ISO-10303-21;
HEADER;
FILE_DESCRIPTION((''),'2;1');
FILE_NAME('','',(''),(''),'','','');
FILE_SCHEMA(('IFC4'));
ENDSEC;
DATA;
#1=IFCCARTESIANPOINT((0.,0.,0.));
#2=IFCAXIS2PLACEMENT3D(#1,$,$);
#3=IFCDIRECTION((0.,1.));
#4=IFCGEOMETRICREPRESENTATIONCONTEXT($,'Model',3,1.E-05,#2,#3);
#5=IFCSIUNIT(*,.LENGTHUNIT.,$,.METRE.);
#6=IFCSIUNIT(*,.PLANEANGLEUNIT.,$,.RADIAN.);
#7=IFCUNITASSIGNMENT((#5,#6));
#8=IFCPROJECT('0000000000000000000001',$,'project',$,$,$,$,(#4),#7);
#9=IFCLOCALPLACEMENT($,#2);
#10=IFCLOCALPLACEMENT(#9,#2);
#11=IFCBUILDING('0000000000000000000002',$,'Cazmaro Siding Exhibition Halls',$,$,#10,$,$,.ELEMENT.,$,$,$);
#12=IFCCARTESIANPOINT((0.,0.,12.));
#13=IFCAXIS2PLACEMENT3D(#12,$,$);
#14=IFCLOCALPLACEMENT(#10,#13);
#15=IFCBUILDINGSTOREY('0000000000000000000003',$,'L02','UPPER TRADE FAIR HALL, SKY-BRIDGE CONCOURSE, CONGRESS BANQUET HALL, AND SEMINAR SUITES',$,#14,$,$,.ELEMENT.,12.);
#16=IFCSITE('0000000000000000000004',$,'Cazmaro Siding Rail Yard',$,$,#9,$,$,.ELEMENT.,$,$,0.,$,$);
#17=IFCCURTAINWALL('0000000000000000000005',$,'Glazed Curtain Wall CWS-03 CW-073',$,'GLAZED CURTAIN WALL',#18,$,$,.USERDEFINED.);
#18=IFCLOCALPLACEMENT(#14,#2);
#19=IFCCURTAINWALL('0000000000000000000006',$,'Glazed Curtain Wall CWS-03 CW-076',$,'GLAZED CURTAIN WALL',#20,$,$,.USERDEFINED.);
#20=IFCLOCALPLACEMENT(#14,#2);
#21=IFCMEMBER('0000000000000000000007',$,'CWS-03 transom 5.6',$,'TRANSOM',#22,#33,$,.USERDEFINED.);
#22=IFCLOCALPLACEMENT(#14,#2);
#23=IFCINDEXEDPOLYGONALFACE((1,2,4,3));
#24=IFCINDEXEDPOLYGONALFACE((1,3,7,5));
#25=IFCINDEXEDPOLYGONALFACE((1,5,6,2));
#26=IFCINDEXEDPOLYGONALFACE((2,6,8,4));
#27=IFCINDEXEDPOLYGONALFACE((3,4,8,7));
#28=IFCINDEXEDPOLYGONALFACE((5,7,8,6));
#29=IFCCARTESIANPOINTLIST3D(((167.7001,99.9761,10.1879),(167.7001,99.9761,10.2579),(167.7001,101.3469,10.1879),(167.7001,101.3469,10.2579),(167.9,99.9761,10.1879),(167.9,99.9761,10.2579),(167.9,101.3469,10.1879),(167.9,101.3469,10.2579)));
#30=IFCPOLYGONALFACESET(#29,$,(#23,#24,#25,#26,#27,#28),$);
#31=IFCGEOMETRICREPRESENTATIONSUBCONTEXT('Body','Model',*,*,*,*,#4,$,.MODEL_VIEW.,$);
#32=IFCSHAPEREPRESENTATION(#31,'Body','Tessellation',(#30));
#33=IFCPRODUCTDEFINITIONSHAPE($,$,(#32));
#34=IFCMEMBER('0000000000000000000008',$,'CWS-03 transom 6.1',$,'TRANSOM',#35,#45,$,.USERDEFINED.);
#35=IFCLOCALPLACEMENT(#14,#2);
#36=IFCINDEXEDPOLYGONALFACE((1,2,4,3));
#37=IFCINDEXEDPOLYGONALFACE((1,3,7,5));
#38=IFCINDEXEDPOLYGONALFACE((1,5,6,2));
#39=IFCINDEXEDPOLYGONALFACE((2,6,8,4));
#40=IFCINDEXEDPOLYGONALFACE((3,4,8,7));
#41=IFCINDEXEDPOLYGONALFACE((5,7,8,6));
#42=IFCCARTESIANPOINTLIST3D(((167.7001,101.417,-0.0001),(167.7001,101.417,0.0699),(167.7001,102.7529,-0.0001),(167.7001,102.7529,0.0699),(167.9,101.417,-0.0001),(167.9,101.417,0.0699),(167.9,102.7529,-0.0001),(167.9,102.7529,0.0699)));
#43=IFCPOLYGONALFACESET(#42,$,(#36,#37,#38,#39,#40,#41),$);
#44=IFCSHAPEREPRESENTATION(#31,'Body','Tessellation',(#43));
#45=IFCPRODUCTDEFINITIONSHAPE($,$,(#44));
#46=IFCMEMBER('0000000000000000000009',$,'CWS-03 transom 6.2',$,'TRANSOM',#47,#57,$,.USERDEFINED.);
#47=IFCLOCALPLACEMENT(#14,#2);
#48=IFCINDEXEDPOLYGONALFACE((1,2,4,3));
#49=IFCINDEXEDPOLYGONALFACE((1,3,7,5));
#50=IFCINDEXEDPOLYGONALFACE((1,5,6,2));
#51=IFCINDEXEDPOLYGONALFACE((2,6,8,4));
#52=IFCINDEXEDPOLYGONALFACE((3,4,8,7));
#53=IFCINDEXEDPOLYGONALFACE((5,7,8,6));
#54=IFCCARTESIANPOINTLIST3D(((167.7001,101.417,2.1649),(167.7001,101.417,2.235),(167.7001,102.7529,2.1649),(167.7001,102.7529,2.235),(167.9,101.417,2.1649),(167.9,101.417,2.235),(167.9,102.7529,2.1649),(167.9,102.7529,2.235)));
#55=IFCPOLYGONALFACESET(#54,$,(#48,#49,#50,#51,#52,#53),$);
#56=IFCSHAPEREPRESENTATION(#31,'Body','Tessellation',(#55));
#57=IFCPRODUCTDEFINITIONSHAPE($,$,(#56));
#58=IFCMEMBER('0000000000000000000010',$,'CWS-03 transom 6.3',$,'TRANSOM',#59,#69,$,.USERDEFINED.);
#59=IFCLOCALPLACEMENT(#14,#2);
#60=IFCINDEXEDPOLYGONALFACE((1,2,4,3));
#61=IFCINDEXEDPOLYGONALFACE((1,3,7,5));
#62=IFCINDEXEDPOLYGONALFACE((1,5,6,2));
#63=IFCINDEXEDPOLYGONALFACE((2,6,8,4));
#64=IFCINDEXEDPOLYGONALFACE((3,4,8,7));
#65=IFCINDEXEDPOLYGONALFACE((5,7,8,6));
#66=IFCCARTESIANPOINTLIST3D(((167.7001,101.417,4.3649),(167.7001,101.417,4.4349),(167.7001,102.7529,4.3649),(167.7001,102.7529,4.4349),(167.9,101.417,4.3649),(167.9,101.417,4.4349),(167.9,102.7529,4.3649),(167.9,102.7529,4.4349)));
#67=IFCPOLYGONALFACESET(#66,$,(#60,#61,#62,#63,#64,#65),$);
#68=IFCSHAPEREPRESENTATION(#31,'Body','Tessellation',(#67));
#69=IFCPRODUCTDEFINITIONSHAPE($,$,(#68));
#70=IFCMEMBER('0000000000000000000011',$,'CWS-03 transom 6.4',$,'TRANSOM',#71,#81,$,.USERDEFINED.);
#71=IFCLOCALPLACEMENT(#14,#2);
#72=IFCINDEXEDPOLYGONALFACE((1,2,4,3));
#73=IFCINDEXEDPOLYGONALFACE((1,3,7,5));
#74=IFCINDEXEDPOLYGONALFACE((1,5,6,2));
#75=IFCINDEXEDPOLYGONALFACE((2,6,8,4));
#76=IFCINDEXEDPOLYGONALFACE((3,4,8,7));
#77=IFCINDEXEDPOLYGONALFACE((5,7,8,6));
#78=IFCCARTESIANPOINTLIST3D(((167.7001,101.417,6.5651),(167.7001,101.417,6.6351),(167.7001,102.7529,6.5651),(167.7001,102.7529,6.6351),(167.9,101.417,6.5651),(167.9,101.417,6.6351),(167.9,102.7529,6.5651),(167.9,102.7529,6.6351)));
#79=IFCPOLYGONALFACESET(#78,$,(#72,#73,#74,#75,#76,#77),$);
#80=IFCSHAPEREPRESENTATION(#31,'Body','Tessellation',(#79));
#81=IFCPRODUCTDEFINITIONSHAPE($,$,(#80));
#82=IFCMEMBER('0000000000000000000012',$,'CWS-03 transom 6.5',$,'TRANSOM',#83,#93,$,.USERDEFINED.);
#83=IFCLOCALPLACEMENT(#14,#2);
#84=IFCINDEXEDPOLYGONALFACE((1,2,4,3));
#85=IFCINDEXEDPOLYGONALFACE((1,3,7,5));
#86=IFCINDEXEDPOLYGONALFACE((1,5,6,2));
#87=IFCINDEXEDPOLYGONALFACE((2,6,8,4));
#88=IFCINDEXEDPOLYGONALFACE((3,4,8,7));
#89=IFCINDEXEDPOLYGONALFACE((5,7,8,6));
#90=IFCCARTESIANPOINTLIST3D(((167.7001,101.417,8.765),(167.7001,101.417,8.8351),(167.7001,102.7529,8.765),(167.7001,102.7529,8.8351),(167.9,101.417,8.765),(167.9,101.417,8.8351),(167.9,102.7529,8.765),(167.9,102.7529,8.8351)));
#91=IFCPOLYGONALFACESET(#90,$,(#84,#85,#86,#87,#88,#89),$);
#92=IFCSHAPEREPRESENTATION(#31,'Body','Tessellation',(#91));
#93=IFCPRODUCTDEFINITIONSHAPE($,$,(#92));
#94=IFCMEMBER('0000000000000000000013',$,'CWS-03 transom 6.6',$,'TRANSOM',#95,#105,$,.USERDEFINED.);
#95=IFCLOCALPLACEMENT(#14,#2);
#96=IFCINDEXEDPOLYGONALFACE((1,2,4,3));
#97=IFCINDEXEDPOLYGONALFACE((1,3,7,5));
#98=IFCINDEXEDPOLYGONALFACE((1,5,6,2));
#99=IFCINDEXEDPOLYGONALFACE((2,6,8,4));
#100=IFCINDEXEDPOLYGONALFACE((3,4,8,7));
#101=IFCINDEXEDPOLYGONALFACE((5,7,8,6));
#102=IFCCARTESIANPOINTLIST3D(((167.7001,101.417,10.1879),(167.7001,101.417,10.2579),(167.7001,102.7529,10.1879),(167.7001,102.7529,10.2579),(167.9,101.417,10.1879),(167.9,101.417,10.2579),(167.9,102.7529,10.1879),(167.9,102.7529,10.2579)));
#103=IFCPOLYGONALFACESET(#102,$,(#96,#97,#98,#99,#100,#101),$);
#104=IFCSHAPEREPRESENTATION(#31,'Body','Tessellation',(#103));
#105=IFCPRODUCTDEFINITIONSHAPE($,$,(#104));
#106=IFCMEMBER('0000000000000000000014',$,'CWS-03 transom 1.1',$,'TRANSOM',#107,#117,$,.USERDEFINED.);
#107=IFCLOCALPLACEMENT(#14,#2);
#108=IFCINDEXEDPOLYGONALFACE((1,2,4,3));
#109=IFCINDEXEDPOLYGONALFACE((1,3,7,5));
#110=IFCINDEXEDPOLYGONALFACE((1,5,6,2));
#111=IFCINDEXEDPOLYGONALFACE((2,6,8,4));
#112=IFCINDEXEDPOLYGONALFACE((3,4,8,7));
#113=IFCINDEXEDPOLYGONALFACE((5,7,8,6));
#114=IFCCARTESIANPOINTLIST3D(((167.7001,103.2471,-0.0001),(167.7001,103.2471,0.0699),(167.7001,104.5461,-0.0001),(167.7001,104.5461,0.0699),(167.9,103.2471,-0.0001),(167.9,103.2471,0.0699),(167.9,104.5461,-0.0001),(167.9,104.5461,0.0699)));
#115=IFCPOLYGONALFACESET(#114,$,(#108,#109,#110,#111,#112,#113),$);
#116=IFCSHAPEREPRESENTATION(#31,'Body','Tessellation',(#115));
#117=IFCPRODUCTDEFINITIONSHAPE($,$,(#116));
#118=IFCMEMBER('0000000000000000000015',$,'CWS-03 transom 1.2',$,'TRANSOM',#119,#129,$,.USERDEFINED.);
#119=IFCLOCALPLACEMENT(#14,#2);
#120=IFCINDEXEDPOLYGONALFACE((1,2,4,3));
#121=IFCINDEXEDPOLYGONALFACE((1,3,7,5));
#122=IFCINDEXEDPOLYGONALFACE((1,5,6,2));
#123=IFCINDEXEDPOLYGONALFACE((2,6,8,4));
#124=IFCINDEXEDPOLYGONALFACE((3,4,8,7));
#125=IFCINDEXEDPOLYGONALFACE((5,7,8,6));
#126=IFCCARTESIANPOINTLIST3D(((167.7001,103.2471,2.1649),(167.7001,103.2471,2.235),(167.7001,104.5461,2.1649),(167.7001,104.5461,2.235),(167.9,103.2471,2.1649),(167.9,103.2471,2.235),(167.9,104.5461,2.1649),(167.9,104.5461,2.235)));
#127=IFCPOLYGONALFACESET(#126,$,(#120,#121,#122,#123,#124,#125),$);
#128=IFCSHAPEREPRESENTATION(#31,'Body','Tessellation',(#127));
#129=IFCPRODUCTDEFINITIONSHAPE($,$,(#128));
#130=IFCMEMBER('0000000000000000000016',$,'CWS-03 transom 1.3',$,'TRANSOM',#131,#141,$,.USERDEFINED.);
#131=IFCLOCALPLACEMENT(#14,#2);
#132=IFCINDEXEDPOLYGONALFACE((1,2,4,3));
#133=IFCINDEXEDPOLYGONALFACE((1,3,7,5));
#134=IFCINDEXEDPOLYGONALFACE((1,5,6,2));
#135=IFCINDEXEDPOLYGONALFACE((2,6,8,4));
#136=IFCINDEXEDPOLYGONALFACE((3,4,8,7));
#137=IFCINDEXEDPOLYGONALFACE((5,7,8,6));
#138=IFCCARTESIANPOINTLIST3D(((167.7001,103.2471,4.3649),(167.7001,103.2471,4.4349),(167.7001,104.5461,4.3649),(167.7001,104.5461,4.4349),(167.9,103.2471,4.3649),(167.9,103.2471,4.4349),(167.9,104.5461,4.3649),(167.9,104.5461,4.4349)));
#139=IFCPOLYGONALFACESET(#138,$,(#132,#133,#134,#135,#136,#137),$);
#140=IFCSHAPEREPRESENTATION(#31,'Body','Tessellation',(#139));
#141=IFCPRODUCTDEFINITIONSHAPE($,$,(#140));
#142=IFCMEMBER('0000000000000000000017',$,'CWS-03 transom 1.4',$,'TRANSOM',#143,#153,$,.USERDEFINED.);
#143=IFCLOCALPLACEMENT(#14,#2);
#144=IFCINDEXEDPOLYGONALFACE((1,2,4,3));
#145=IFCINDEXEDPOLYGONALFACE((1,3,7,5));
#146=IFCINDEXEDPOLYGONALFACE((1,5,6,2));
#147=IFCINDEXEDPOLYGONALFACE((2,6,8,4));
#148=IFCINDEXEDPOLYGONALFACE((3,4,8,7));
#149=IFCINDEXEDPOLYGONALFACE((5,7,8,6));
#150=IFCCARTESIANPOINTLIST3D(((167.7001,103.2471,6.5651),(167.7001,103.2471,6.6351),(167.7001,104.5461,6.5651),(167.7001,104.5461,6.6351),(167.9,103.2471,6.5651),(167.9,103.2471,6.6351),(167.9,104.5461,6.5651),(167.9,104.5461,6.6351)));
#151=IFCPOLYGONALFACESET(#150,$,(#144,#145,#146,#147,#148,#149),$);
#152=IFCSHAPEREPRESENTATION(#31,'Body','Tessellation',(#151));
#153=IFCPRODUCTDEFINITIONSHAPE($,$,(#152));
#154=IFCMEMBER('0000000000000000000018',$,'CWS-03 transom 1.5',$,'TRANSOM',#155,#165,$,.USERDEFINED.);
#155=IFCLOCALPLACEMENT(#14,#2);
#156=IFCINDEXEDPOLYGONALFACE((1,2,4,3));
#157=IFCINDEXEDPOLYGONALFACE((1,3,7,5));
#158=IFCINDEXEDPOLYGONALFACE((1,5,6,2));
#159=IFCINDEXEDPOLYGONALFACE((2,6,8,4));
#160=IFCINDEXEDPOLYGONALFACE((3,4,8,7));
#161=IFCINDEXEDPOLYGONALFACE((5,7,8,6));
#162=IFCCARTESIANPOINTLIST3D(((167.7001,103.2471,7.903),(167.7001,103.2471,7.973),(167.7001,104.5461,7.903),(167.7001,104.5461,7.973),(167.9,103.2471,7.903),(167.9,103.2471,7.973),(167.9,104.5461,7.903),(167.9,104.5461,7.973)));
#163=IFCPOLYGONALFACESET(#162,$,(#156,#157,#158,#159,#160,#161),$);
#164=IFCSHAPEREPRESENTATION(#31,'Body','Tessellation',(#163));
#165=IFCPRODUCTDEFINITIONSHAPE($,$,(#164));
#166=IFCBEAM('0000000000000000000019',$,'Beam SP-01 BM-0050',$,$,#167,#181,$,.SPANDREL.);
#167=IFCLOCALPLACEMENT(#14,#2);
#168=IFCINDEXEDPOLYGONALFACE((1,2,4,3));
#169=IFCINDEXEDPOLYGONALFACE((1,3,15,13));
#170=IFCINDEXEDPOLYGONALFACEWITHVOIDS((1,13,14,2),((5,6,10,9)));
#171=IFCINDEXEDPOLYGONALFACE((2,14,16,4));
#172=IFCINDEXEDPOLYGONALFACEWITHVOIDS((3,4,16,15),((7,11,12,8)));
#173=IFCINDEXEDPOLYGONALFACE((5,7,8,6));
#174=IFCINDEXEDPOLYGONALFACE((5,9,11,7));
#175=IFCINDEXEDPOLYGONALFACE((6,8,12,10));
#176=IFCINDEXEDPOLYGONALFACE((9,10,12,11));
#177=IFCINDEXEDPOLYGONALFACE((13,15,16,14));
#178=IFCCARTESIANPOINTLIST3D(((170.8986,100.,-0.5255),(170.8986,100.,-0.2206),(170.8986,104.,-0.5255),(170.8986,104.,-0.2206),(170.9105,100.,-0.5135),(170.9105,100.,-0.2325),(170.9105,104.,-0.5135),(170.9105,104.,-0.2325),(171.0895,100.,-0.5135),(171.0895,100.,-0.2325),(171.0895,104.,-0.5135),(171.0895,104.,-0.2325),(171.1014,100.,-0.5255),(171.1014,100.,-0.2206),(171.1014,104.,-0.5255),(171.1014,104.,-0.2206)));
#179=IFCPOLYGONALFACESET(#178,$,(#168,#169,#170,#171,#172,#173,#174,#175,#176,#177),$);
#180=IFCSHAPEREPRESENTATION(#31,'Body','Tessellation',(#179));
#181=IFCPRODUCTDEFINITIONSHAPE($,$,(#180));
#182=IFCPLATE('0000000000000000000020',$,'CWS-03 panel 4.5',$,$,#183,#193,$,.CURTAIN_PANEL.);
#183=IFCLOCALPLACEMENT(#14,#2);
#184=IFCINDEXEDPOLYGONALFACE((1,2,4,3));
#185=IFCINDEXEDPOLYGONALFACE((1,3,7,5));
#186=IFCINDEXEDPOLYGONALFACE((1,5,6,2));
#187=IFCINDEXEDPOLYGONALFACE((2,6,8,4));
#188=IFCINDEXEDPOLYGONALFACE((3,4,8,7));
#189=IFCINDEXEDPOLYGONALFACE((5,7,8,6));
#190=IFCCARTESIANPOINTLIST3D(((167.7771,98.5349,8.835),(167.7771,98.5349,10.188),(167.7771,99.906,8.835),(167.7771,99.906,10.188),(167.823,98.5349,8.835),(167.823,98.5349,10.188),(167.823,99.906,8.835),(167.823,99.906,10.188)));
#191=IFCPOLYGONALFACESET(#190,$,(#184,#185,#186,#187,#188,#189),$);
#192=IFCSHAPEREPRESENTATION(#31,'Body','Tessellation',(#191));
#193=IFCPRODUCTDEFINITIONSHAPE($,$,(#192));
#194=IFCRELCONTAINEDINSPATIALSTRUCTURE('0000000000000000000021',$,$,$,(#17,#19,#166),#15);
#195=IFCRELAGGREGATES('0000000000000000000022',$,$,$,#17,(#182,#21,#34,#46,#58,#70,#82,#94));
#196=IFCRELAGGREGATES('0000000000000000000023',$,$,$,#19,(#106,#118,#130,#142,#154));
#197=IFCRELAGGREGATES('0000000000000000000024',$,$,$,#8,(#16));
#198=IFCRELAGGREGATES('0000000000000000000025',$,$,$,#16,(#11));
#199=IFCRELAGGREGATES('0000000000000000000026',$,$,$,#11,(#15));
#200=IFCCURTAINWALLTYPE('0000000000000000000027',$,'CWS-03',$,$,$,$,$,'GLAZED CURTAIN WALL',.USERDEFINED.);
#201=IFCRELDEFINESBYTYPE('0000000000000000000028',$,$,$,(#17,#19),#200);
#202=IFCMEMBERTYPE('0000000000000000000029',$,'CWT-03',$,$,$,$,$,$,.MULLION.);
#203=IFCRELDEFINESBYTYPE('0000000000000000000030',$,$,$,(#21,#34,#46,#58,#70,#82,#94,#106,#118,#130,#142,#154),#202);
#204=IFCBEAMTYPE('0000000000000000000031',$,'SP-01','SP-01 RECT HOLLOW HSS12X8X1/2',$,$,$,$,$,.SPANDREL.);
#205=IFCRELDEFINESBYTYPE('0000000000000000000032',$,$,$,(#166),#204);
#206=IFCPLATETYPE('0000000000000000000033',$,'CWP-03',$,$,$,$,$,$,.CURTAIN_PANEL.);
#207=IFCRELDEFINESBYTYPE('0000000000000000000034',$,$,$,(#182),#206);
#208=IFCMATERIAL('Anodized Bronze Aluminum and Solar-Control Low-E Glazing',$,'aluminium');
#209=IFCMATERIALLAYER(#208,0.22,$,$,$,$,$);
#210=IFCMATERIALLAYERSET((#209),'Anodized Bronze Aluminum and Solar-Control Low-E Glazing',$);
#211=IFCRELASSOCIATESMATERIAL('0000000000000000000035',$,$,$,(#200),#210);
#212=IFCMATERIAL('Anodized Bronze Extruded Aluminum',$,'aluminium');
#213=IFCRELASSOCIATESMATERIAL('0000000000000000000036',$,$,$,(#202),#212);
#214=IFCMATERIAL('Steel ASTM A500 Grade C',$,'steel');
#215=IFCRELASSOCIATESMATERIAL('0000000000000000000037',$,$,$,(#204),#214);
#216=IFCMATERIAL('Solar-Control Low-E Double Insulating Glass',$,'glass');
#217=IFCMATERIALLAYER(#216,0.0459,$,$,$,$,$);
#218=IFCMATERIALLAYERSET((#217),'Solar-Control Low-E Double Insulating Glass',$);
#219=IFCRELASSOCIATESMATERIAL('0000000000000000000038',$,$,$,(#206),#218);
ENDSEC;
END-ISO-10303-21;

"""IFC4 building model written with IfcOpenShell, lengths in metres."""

from ifc_helpers import new_model, si_unit, direction, frame, origin, origin_2d, place, context, subcontext, project, spatial, rectangle, hollow_rectangle, extrude, material, layer, layer_set, material_profile, profile_set, type_object, element, aggregate, save


model = new_model("IFC4")

# Units and contexts
model_context = context("Model", 3, precision=1e-05, world=origin(), true_north=direction((0.0, 1.0)))
body_context = subcontext(model_context, "Body", "Model", "MODEL_VIEW")
ifc_project = project(units=[si_unit("LENGTHUNIT", "METRE"), si_unit("PLANEANGLEUNIT", "RADIAN")], contexts=[model_context])

# Site, building, storey
site_placement = place(None, origin())
site = spatial("IfcSite", under=ifc_project, at=site_placement, Name="Cazmaro Siding Rail Yard", CompositionType="ELEMENT", RefElevation=0.0)
building_placement = place(site_placement, origin())
building = spatial("IfcBuilding", under=site, at=building_placement, Name="Cazmaro Siding Exhibition Halls", CompositionType="ELEMENT")
storey_placement = place(building_placement, frame((0.0, 0.0, 12.0)))
storey = spatial("IfcBuildingStorey", under=building, at=storey_placement, Name="L02", Description="UPPER TRADE FAIR HALL, SKY-BRIDGE CONCOURSE, CONGRESS BANQUET HALL, AND SEMINAR SUITES", CompositionType="ELEMENT", Elevation=12.0)

# Curtain wall
ifc_material_1 = material(Name="Anodized Bronze Aluminum and Solar-Control Low-E Glazing", Category="aluminium")
ifc_layer_1 = layer(ifc_material_1, 0.22)
ifc_layer_set_1 = layer_set([ifc_layer_1], Name="Anodized Bronze Aluminum and Solar-Control Low-E Glazing")
curtain_wall_type = type_object("IfcCurtainWallType", Name="CWS-03", ElementType="GLAZED CURTAIN WALL", PredefinedType="USERDEFINED", material=ifc_layer_set_1)
curtain_wall_1_placement = place(storey_placement, origin())
curtain_wall_1 = element("IfcCurtainWall", 1, at=curtain_wall_1_placement, inside=storey, type_object=curtain_wall_type, Name="Glazed Curtain Wall CWS-03 CW-073", ObjectType="GLAZED CURTAIN WALL", PredefinedType="USERDEFINED")

# Curtain wall
curtain_wall_2_placement = place(storey_placement, origin())
curtain_wall_2 = element("IfcCurtainWall", 2, at=curtain_wall_2_placement, inside=storey, type_object=curtain_wall_type, Name="Glazed Curtain Wall CWS-03 CW-076", ObjectType="GLAZED CURTAIN WALL", PredefinedType="USERDEFINED")

# Members
ifc_material_2 = material(Name="Anodized Bronze Extruded Aluminum", Category="aluminium")
ifc_material_profile_1 = material_profile(ifc_material_2, rectangle(XDim=0.2, YDim=0.0701, at=origin_2d()), Name="CWT-03")
ifc_profile_set_1 = profile_set([ifc_material_profile_1], Name="Anodized Bronze Extruded Aluminum")
member_type_1 = type_object("IfcMemberType", Name="CWT-03", PredefinedType="MULLION", material=ifc_profile_set_1)
member_1_placement = place(storey_placement, frame((167.8, 99.9761, 10.2229), z_axis=(0.0, 1.0, 0.0), x_axis=(-1.0, 0.0, 0.0)))
member_1 = element("IfcMember", 3, at=member_1_placement, type_object=member_type_1, Name="CWS-03 transom 5.6", ObjectType="TRANSOM", PredefinedType="USERDEFINED", context=body_context, shape_type="SweptSolid", body=[
    extrude(rectangle(XDim=0.2, YDim=0.0701, at=origin_2d()), origin(), (0.0, 0.0, 1.0), 1.3708),
])
member_2_placement = place(storey_placement, frame((167.8, 101.417, 0.0349), z_axis=(0.0, 1.0, 0.0), x_axis=(-1.0, 0.0, 0.0)))
member_2 = element("IfcMember", 4, at=member_2_placement, type_object=member_type_1, Name="CWS-03 transom 6.1", ObjectType="TRANSOM", PredefinedType="USERDEFINED", context=body_context, shape_type="SweptSolid", body=[
    extrude(rectangle(XDim=0.2, YDim=0.0701, at=origin_2d()), origin(), (0.0, 0.0, 1.0), 1.3359),
])
member_3_placement = place(storey_placement, frame((167.8, 101.417, 2.2), z_axis=(0.0, 1.0, 0.0), x_axis=(-1.0, 0.0, 0.0)))
member_3 = element("IfcMember", 5, at=member_3_placement, type_object=member_type_1, Name="CWS-03 transom 6.2", ObjectType="TRANSOM", PredefinedType="USERDEFINED", context=body_context, shape_type="SweptSolid", body=[
    extrude(rectangle(XDim=0.2, YDim=0.0701, at=origin_2d()), origin(), (0.0, 0.0, 1.0), 1.3359),
])
member_4_placement = place(storey_placement, frame((167.8, 101.417, 4.3999), z_axis=(0.0, 1.0, 0.0), x_axis=(-1.0, 0.0, 0.0)))
member_4 = element("IfcMember", 6, at=member_4_placement, type_object=member_type_1, Name="CWS-03 transom 6.3", ObjectType="TRANSOM", PredefinedType="USERDEFINED", context=body_context, shape_type="SweptSolid", body=[
    extrude(rectangle(XDim=0.2, YDim=0.0701, at=origin_2d()), origin(), (0.0, 0.0, 1.0), 1.3359),
])
member_5_placement = place(storey_placement, frame((167.8, 101.417, 6.6001), z_axis=(0.0, 1.0, 0.0), x_axis=(-1.0, 0.0, 0.0)))
member_5 = element("IfcMember", 7, at=member_5_placement, type_object=member_type_1, Name="CWS-03 transom 6.4", ObjectType="TRANSOM", PredefinedType="USERDEFINED", context=body_context, shape_type="SweptSolid", body=[
    extrude(rectangle(XDim=0.2, YDim=0.0701, at=origin_2d()), origin(), (0.0, 0.0, 1.0), 1.3359),
])
member_6_placement = place(storey_placement, frame((167.8, 101.417, 8.8), z_axis=(0.0, 1.0, 0.0), x_axis=(-1.0, 0.0, 0.0)))
member_6 = element("IfcMember", 8, at=member_6_placement, type_object=member_type_1, Name="CWS-03 transom 6.5", ObjectType="TRANSOM", PredefinedType="USERDEFINED", context=body_context, shape_type="SweptSolid", body=[
    extrude(rectangle(XDim=0.2, YDim=0.0701, at=origin_2d()), origin(), (0.0, 0.0, 1.0), 1.3359),
])
member_7_placement = place(storey_placement, frame((167.8, 101.417, 10.2229), z_axis=(0.0, 1.0, 0.0), x_axis=(-1.0, 0.0, 0.0)))
member_7 = element("IfcMember", 9, at=member_7_placement, type_object=member_type_1, Name="CWS-03 transom 6.6", ObjectType="TRANSOM", PredefinedType="USERDEFINED", context=body_context, shape_type="SweptSolid", body=[
    extrude(rectangle(XDim=0.2, YDim=0.0701, at=origin_2d()), origin(), (0.0, 0.0, 1.0), 1.3359),
])
member_8_placement = place(storey_placement, frame((167.8, 103.2471, 0.0349), z_axis=(0.0, 1.0, 0.0), x_axis=(-1.0, 0.0, 0.0)))
member_8 = element("IfcMember", 10, at=member_8_placement, type_object=member_type_1, Name="CWS-03 transom 1.1", ObjectType="TRANSOM", PredefinedType="USERDEFINED", context=body_context, shape_type="SweptSolid", body=[
    extrude(rectangle(XDim=0.2, YDim=0.0701, at=origin_2d()), origin(), (0.0, 0.0, 1.0), 1.2991),
])
member_9_placement = place(storey_placement, frame((167.8, 103.2471, 2.2), z_axis=(0.0, 1.0, 0.0), x_axis=(-1.0, 0.0, 0.0)))
member_9 = element("IfcMember", 11, at=member_9_placement, type_object=member_type_1, Name="CWS-03 transom 1.2", ObjectType="TRANSOM", PredefinedType="USERDEFINED", context=body_context, shape_type="SweptSolid", body=[
    extrude(rectangle(XDim=0.2, YDim=0.0701, at=origin_2d()), origin(), (0.0, 0.0, 1.0), 1.2991),
])
member_10_placement = place(storey_placement, frame((167.8, 103.2471, 4.3999), z_axis=(0.0, 1.0, 0.0), x_axis=(-1.0, 0.0, 0.0)))
member_10 = element("IfcMember", 12, at=member_10_placement, type_object=member_type_1, Name="CWS-03 transom 1.3", ObjectType="TRANSOM", PredefinedType="USERDEFINED", context=body_context, shape_type="SweptSolid", body=[
    extrude(rectangle(XDim=0.2, YDim=0.0701, at=origin_2d()), origin(), (0.0, 0.0, 1.0), 1.2991),
])
member_11_placement = place(storey_placement, frame((167.8, 103.2471, 6.6001), z_axis=(0.0, 1.0, 0.0), x_axis=(-1.0, 0.0, 0.0)))
member_11 = element("IfcMember", 13, at=member_11_placement, type_object=member_type_1, Name="CWS-03 transom 1.4", ObjectType="TRANSOM", PredefinedType="USERDEFINED", context=body_context, shape_type="SweptSolid", body=[
    extrude(rectangle(XDim=0.2, YDim=0.0701, at=origin_2d()), origin(), (0.0, 0.0, 1.0), 1.2991),
])
member_12_placement = place(storey_placement, frame((167.8, 103.2471, 7.938), z_axis=(0.0, 1.0, 0.0), x_axis=(-1.0, 0.0, 0.0)))
member_12 = element("IfcMember", 14, at=member_12_placement, type_object=member_type_1, Name="CWS-03 transom 1.5", ObjectType="TRANSOM", PredefinedType="USERDEFINED", context=body_context, shape_type="SweptSolid", body=[
    extrude(rectangle(XDim=0.2, YDim=0.0701, at=origin_2d()), origin(), (0.0, 0.0, 1.0), 1.2991),
])

# Beam
ifc_material_3 = material(Name="Steel ASTM A500 Grade C", Category="steel")
ifc_material_profile_2 = material_profile(ifc_material_3, hollow_rectangle(XDim=0.2029, YDim=0.3049, WallThickness=0.012, at=origin_2d()), Name="HSS12X8X1/2")
ifc_profile_set_2 = profile_set([ifc_material_profile_2], Name="Steel ASTM A500 Grade C")
beam_type_1 = type_object("IfcBeamType", Name="SP-01", Description="SP-01 RECT HOLLOW HSS12X8X1/2", PredefinedType="SPANDREL", material=ifc_profile_set_2)
beam_1_placement = place(storey_placement, frame((171.0, 100.0, -0.373), z_axis=(0.0, 1.0, 0.0), x_axis=(-1.0, 0.0, 0.0)))
element("IfcBeam", 15, at=beam_1_placement, inside=storey, type_object=beam_type_1, Name="Beam SP-01 BM-0050", PredefinedType="SPANDREL", context=body_context, shape_type="SweptSolid", body=[
    extrude(hollow_rectangle(XDim=0.2029, YDim=0.3049, WallThickness=0.012, at=origin_2d()), origin(), (0.0, 0.0, 1.0), 4.0),
])

# Plate
ifc_material_4 = material(Name="Solar-Control Low-E Double Insulating Glass", Category="glass")
ifc_layer_2 = layer(ifc_material_4, 0.0459)
ifc_layer_set_2 = layer_set([ifc_layer_2], Name="Solar-Control Low-E Double Insulating Glass")
plate_type = type_object("IfcPlateType", Name="CWP-03", PredefinedType="CURTAIN_PANEL", material=ifc_layer_set_2)
plate_1_placement = place(storey_placement, frame((167.8, 99.2205, 8.835), z_axis=(0.0, 0.0, 1.0), x_axis=(0.0, 1.0, 0.0)))
plate_1 = element("IfcPlate", 16, at=plate_1_placement, type_object=plate_type, Name="CWS-03 panel 4.5", PredefinedType="CURTAIN_PANEL", context=body_context, shape_type="SweptSolid", body=[
    extrude(rectangle(XDim=1.3711, YDim=0.0459, at=origin_2d()), origin(), (0.0, 0.0, 1.0), 1.353),
])
aggregate(curtain_wall_1, [plate_1, member_1, member_2, member_3, member_4, member_5, member_6, member_7])
aggregate(curtain_wall_2, [member_8, member_9, member_10, member_11, member_12])

save(model, "model.ifc")
